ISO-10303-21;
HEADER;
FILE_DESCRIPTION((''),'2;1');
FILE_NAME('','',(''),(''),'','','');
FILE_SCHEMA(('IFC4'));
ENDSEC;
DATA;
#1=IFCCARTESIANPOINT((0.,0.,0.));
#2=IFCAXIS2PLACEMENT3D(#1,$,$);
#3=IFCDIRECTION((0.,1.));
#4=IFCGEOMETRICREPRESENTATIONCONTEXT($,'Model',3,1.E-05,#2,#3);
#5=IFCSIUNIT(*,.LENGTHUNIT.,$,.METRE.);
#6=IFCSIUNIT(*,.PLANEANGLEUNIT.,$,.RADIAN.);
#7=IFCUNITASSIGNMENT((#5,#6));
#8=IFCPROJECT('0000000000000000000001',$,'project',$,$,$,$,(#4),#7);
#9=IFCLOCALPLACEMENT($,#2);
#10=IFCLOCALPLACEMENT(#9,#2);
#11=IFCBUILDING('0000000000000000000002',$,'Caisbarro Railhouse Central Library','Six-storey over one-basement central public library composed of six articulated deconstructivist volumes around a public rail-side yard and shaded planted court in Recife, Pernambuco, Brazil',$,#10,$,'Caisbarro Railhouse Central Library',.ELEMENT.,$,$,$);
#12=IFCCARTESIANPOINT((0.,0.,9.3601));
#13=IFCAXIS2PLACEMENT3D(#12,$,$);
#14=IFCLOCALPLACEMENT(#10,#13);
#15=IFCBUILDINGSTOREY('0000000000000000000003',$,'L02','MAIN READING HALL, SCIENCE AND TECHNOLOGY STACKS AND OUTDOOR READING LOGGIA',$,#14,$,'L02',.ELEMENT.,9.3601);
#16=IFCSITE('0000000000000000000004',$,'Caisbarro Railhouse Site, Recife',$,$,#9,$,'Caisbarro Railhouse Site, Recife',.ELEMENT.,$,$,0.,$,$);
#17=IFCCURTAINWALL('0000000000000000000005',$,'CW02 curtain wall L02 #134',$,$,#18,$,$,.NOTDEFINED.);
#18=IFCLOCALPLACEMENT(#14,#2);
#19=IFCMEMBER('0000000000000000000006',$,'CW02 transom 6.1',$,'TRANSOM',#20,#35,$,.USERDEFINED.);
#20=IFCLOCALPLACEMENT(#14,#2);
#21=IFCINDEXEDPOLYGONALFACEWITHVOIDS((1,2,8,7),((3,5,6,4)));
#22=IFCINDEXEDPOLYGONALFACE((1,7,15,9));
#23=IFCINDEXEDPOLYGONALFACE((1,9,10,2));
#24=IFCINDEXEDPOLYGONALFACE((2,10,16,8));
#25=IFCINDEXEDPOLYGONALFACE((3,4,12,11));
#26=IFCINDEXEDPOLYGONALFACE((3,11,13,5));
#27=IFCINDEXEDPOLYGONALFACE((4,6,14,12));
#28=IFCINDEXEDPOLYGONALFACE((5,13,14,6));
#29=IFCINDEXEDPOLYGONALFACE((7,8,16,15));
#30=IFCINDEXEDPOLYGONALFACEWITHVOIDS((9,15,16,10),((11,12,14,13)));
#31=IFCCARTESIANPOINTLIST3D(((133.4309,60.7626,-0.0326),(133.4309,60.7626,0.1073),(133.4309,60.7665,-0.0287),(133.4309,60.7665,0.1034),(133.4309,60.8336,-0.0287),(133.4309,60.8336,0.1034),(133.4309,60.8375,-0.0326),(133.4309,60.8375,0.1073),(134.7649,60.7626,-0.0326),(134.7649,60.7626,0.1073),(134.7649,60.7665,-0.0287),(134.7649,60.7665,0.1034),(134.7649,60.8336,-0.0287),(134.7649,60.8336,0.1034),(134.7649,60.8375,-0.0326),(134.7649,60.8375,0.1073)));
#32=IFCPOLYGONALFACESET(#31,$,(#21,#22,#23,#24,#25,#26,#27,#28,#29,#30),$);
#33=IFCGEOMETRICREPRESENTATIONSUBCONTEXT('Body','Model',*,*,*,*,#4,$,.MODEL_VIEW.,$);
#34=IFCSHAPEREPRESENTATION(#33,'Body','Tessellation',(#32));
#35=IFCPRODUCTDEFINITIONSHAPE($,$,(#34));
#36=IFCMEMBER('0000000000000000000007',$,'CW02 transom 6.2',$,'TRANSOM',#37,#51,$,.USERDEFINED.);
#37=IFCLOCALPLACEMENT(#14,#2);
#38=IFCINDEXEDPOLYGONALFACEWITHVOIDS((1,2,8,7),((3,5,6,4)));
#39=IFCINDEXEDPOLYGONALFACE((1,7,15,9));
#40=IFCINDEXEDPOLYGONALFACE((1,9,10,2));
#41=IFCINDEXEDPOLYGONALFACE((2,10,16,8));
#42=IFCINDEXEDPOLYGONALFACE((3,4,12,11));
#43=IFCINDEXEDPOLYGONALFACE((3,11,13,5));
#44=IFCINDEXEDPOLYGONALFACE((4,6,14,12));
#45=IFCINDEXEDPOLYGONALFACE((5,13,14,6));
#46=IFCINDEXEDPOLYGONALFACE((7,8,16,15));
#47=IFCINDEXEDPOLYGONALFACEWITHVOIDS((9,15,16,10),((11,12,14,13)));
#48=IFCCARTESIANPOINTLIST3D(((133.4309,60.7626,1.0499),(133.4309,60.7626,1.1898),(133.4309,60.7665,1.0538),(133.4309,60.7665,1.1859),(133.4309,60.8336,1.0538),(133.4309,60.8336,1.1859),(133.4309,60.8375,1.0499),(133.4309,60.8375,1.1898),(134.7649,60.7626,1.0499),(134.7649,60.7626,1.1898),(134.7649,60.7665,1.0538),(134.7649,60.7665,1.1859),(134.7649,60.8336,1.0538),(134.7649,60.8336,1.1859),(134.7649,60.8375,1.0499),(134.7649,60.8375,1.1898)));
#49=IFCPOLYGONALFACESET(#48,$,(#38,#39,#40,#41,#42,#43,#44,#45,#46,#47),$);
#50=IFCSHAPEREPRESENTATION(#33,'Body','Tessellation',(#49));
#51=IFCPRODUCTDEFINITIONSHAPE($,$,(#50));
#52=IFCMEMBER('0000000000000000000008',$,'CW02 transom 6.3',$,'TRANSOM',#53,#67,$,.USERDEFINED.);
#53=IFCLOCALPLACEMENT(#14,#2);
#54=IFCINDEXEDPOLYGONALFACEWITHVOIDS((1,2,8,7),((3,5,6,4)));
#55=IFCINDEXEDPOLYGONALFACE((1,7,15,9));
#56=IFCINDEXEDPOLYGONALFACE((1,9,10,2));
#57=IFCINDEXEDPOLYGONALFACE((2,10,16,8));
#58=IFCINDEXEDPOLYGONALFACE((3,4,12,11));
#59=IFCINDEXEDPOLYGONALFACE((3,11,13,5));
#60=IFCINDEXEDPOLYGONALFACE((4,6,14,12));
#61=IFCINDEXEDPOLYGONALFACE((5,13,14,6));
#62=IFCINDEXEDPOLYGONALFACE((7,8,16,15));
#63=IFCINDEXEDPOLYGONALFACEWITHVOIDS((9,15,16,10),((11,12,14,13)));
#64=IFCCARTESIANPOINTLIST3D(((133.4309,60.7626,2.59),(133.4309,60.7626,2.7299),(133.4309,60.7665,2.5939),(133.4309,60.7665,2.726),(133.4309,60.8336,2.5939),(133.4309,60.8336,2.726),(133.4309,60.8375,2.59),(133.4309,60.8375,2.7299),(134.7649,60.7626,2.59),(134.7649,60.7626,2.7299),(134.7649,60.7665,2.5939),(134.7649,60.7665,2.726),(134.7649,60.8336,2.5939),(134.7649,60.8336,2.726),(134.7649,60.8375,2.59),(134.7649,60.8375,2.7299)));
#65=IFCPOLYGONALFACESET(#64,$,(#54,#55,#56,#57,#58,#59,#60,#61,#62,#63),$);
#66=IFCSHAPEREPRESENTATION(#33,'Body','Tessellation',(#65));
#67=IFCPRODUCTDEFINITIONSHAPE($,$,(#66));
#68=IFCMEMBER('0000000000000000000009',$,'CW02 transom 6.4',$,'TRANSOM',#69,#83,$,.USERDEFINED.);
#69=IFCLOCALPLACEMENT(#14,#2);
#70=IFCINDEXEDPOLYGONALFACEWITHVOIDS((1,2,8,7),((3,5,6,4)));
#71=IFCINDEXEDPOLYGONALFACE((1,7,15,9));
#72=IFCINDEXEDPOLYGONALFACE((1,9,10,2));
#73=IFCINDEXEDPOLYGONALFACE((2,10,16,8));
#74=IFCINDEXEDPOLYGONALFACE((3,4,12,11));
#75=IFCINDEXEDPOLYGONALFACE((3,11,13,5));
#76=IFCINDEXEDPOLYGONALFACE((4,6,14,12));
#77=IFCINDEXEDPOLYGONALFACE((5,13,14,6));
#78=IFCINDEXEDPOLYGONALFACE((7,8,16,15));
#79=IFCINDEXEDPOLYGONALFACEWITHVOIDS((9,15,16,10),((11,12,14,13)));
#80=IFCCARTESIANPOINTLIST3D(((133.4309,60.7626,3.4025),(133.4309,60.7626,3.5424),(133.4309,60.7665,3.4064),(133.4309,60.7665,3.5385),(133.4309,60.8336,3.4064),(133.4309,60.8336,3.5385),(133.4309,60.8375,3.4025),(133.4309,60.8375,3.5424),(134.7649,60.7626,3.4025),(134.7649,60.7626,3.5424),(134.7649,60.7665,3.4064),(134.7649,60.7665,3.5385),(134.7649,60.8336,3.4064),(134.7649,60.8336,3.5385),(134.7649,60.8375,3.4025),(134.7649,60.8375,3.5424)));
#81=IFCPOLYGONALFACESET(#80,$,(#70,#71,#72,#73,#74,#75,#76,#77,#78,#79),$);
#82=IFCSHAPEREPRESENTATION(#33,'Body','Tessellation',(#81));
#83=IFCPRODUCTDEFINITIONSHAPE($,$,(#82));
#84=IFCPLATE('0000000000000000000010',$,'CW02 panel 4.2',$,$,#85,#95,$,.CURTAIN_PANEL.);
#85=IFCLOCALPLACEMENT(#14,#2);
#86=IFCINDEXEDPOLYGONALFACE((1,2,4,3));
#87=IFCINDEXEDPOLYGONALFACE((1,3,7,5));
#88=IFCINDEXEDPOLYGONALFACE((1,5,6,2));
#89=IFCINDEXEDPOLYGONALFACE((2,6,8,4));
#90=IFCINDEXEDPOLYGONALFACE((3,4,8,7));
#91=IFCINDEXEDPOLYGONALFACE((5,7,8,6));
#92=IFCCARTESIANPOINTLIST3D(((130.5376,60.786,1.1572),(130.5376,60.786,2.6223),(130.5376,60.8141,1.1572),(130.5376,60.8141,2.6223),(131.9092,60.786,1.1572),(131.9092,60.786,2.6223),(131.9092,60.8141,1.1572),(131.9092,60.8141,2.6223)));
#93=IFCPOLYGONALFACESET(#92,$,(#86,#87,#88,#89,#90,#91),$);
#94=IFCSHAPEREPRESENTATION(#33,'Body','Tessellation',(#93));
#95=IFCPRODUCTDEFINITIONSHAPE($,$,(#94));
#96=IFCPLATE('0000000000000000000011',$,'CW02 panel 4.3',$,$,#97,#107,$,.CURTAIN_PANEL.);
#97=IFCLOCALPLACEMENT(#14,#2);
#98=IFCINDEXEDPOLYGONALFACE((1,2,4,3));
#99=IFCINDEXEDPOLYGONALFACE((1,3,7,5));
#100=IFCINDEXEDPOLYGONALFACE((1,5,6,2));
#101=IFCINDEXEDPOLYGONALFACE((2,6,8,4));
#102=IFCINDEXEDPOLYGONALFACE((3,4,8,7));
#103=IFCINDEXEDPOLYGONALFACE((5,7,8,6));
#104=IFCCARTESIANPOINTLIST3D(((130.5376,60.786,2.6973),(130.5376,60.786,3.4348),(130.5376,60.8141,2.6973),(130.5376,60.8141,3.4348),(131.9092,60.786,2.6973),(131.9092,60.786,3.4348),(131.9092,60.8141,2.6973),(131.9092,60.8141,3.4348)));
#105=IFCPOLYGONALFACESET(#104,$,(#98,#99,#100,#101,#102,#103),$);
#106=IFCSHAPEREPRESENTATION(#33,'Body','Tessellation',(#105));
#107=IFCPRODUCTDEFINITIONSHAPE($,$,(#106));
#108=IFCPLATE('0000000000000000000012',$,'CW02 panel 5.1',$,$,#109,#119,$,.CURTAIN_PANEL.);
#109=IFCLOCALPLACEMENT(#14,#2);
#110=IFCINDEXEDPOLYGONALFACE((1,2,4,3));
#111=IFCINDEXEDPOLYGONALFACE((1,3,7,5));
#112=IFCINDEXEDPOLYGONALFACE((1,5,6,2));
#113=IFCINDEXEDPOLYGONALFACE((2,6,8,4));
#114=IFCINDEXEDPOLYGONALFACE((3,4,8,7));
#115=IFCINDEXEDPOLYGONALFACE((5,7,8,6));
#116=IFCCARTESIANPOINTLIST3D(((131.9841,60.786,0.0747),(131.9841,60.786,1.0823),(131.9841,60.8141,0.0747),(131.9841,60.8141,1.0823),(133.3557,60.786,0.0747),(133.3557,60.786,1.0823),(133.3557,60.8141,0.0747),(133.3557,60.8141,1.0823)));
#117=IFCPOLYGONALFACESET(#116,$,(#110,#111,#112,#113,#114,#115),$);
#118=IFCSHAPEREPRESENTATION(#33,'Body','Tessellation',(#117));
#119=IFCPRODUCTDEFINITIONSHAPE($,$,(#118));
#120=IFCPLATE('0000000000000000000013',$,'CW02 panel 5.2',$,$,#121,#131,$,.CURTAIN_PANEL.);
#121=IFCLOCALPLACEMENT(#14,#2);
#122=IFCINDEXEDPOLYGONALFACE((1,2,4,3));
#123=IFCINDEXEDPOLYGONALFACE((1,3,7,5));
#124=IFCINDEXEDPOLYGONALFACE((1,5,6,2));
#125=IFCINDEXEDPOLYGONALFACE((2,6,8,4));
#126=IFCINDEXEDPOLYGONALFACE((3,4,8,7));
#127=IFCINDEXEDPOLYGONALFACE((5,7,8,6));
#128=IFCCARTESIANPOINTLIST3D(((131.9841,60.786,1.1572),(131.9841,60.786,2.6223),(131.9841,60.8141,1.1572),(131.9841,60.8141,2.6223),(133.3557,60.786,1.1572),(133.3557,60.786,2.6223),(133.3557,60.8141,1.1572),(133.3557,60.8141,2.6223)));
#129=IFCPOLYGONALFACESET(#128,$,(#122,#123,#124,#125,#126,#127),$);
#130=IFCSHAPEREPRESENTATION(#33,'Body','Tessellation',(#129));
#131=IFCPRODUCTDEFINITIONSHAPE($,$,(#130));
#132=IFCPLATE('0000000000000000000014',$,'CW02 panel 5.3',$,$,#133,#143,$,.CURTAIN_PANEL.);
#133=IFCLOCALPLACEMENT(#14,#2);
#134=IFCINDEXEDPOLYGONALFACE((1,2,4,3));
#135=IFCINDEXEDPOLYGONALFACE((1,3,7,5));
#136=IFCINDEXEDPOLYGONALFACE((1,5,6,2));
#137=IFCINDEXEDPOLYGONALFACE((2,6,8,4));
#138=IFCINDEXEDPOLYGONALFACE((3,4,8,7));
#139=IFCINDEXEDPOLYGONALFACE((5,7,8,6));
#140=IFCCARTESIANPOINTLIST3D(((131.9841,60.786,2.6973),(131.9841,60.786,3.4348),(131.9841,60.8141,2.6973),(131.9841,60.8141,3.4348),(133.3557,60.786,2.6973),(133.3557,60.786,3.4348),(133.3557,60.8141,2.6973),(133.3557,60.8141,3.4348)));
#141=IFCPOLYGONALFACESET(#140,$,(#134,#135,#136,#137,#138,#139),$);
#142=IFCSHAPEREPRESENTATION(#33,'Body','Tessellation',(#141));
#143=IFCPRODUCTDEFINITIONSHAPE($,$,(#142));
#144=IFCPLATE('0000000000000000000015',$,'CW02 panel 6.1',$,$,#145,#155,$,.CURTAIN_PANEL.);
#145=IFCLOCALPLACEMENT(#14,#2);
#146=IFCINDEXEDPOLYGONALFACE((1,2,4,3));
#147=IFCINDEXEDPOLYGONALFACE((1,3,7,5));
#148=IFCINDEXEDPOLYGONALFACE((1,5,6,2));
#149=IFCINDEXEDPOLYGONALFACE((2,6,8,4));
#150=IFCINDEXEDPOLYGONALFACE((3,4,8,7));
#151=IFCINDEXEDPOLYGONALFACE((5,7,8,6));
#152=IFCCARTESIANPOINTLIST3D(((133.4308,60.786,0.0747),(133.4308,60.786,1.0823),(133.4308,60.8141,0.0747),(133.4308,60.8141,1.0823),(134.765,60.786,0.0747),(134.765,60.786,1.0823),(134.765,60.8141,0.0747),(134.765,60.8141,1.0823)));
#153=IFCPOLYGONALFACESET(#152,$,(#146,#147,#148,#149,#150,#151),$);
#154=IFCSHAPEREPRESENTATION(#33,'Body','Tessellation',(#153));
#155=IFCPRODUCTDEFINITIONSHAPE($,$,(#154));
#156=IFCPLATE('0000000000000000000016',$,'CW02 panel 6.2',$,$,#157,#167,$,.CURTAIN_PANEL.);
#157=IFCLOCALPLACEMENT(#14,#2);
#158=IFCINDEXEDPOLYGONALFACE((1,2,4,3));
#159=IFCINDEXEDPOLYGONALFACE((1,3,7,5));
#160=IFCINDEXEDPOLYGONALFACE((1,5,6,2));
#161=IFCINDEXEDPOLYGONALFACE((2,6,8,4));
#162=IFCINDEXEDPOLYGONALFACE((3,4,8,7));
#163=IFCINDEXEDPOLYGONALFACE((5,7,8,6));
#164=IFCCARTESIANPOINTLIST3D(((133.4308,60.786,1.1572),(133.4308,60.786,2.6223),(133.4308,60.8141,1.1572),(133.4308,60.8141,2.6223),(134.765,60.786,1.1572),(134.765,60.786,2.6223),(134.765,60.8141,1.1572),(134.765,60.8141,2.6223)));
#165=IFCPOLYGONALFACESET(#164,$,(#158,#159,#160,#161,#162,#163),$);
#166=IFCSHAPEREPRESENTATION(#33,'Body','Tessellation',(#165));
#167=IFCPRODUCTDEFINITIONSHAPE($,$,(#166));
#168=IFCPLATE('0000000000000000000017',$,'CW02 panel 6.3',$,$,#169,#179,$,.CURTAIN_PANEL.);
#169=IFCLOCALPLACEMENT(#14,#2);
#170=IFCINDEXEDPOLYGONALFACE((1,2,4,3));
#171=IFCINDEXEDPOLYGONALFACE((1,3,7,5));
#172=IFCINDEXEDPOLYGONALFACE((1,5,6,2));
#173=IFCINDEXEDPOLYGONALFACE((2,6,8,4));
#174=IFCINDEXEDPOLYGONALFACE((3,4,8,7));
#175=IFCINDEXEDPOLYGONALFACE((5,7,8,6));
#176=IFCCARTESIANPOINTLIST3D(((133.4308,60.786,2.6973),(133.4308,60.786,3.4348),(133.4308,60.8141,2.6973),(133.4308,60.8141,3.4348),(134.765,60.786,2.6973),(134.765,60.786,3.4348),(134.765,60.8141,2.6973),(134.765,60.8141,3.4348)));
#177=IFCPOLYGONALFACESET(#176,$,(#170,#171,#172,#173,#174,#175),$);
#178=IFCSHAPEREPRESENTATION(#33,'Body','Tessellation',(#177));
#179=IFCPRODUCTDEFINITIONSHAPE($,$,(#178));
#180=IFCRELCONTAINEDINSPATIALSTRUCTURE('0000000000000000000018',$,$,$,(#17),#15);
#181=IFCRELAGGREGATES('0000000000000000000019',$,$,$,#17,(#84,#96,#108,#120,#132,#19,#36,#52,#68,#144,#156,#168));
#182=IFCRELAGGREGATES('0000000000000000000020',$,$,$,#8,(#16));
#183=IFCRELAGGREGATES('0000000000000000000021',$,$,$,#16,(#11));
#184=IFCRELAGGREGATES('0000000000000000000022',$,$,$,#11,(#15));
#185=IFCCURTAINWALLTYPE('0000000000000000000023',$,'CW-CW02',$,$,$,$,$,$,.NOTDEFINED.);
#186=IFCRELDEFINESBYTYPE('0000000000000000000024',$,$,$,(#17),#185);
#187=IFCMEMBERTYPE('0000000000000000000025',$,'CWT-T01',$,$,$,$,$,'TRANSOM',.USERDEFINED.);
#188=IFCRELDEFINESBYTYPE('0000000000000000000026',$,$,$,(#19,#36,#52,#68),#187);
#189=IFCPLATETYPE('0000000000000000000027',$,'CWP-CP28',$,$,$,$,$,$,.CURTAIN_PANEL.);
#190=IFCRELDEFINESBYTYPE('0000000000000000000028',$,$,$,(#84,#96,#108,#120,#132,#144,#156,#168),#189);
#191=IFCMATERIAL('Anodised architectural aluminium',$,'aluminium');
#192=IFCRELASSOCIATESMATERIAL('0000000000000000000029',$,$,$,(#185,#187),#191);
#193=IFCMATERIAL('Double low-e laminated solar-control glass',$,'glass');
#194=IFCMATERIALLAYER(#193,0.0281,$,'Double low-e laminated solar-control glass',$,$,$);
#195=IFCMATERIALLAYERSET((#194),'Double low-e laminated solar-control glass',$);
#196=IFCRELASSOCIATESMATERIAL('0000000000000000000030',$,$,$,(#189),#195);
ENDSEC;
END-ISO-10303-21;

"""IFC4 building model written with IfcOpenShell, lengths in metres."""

from ifc_helpers import new_model, si_unit, direction, frame, origin, origin_2d, place, context, subcontext, project, spatial, rectangle, hollow_rectangle, extrude, material, layer, layer_set, material_profile, profile_set, type_object, element, aggregate, save


model = new_model("IFC4")

# Units and contexts
model_context = context("Model", 3, precision=1e-05, world=origin(), true_north=direction((0.0, 1.0)))
body_context = subcontext(model_context, "Body", "Model", "MODEL_VIEW")
ifc_project = project(units=[si_unit("LENGTHUNIT", "METRE"), si_unit("PLANEANGLEUNIT", "RADIAN")], contexts=[model_context])

# Site, building, storey
site_placement = place(None, origin())
site = spatial("IfcSite", under=ifc_project, at=site_placement, Name="Caisbarro Railhouse Site, Recife", LongName="Caisbarro Railhouse Site, Recife", CompositionType="ELEMENT", RefElevation=0.0)
building_placement = place(site_placement, origin())
building = spatial("IfcBuilding", under=site, at=building_placement, Name="Caisbarro Railhouse Central Library", Description="Six-storey over one-basement central public library composed of six articulated deconstructivist volumes around a public rail-side yard and shaded planted court in Recife, Pernambuco, Brazil", LongName="Caisbarro Railhouse Central Library", CompositionType="ELEMENT")
storey_placement = place(building_placement, frame((0.0, 0.0, 9.3601)))
storey = spatial("IfcBuildingStorey", under=building, at=storey_placement, Name="L02", Description="MAIN READING HALL, SCIENCE AND TECHNOLOGY STACKS AND OUTDOOR READING LOGGIA", LongName="L02", CompositionType="ELEMENT", Elevation=9.3601)

# Curtain wall, members, plates
ifc_material_1 = material(Name="Anodised architectural aluminium", Category="aluminium")
curtain_wall_type = type_object("IfcCurtainWallType", Name="CW-CW02", PredefinedType="NOTDEFINED", material=ifc_material_1)
curtain_wall_placement = place(storey_placement, origin())
curtain_wall = element("IfcCurtainWall", 1, at=curtain_wall_placement, inside=storey, type_object=curtain_wall_type, Name="CW02 curtain wall L02 #134", PredefinedType="NOTDEFINED")
ifc_material_profile_1 = material_profile(ifc_material_1, hollow_rectangle(XDim=0.075, YDim=0.1399, WallThickness=0.0039, at=origin_2d()), Name="ALU-TRN-75X140")
ifc_profile_set_1 = profile_set([ifc_material_profile_1], Name="Anodised architectural aluminium")
member_type_1 = type_object("IfcMemberType", Name="CWT-T01", ElementType="TRANSOM", PredefinedType="USERDEFINED", material=ifc_profile_set_1)
member_1_placement = place(storey_placement, frame((133.4309, 60.8, 0.0374), z_axis=(1.0, 0.0, 0.0), x_axis=(0.0, 1.0, 0.0)))
member_1 = element("IfcMember", 2, at=member_1_placement, type_object=member_type_1, Name="CW02 transom 6.1", ObjectType="TRANSOM", PredefinedType="USERDEFINED", context=body_context, shape_type="SweptSolid", body=[
    extrude(hollow_rectangle(XDim=0.075, YDim=0.1399, WallThickness=0.0039, at=origin_2d()), origin(), (0.0, 0.0, 1.0), 1.334),
])
member_2_placement = place(storey_placement, frame((133.4309, 60.8, 1.1199), z_axis=(1.0, 0.0, 0.0), x_axis=(0.0, 1.0, 0.0)))
member_2 = element("IfcMember", 3, at=member_2_placement, type_object=member_type_1, Name="CW02 transom 6.2", ObjectType="TRANSOM", PredefinedType="USERDEFINED", context=body_context, shape_type="SweptSolid", body=[
    extrude(hollow_rectangle(XDim=0.075, YDim=0.1399, WallThickness=0.0039, at=origin_2d()), origin(), (0.0, 0.0, 1.0), 1.334),
])
member_3_placement = place(storey_placement, frame((133.4309, 60.8, 2.6599), z_axis=(1.0, 0.0, 0.0), x_axis=(0.0, 1.0, 0.0)))
member_3 = element("IfcMember", 4, at=member_3_placement, type_object=member_type_1, Name="CW02 transom 6.3", ObjectType="TRANSOM", PredefinedType="USERDEFINED", context=body_context, shape_type="SweptSolid", body=[
    extrude(hollow_rectangle(XDim=0.075, YDim=0.1399, WallThickness=0.0039, at=origin_2d()), origin(), (0.0, 0.0, 1.0), 1.334),
])
member_4_placement = place(storey_placement, frame((133.4309, 60.8, 3.4724), z_axis=(1.0, 0.0, 0.0), x_axis=(0.0, 1.0, 0.0)))
member_4 = element("IfcMember", 5, at=member_4_placement, type_object=member_type_1, Name="CW02 transom 6.4", ObjectType="TRANSOM", PredefinedType="USERDEFINED", context=body_context, shape_type="SweptSolid", body=[
    extrude(hollow_rectangle(XDim=0.075, YDim=0.1399, WallThickness=0.0039, at=origin_2d()), origin(), (0.0, 0.0, 1.0), 1.334),
])
ifc_material_2 = material(Name="Double low-e laminated solar-control glass", Category="glass")
ifc_layer_1 = layer(ifc_material_2, 0.0281, Name="Double low-e laminated solar-control glass")
ifc_layer_set_1 = layer_set([ifc_layer_1], Name="Double low-e laminated solar-control glass")
plate_type = type_object("IfcPlateType", Name="CWP-CP28", PredefinedType="CURTAIN_PANEL", material=ifc_layer_set_1)
plate_1_placement = place(storey_placement, frame((131.2234, 60.8, 1.1572), z_axis=(0.0, 0.0, 1.0), x_axis=(1.0, 0.0, 0.0)))
plate_1 = element("IfcPlate", 6, at=plate_1_placement, type_object=plate_type, Name="CW02 panel 4.2", PredefinedType="CURTAIN_PANEL", context=body_context, shape_type="SweptSolid", body=[
    extrude(rectangle(XDim=1.3716, YDim=0.0281, at=origin_2d()), origin(), (0.0, 0.0, 1.0), 1.4651),
])
plate_2_placement = place(storey_placement, frame((131.2234, 60.8, 2.6973), z_axis=(0.0, 0.0, 1.0), x_axis=(1.0, 0.0, 0.0)))
plate_2 = element("IfcPlate", 7, at=plate_2_placement, type_object=plate_type, Name="CW02 panel 4.3", PredefinedType="CURTAIN_PANEL", context=body_context, shape_type="SweptSolid", body=[
    extrude(rectangle(XDim=1.3716, YDim=0.0281, at=origin_2d()), origin(), (0.0, 0.0, 1.0), 0.7375),
])
plate_3_placement = place(storey_placement, frame((132.6699, 60.8, 0.0747), z_axis=(0.0, 0.0, 1.0), x_axis=(1.0, 0.0, 0.0)))
plate_3 = element("IfcPlate", 8, at=plate_3_placement, type_object=plate_type, Name="CW02 panel 5.1", PredefinedType="CURTAIN_PANEL", context=body_context, shape_type="SweptSolid", body=[
    extrude(rectangle(XDim=1.3716, YDim=0.0281, at=origin_2d()), origin(), (0.0, 0.0, 1.0), 1.0076),
])
plate_4_placement = place(storey_placement, frame((132.6699, 60.8, 1.1572), z_axis=(0.0, 0.0, 1.0), x_axis=(1.0, 0.0, 0.0)))
plate_4 = element("IfcPlate", 9, at=plate_4_placement, type_object=plate_type, Name="CW02 panel 5.2", PredefinedType="CURTAIN_PANEL", context=body_context, shape_type="SweptSolid", body=[
    extrude(rectangle(XDim=1.3716, YDim=0.0281, at=origin_2d()), origin(), (0.0, 0.0, 1.0), 1.4651),
])
plate_5_placement = place(storey_placement, frame((132.6699, 60.8, 2.6973), z_axis=(0.0, 0.0, 1.0), x_axis=(1.0, 0.0, 0.0)))
plate_5 = element("IfcPlate", 10, at=plate_5_placement, type_object=plate_type, Name="CW02 panel 5.3", PredefinedType="CURTAIN_PANEL", context=body_context, shape_type="SweptSolid", body=[
    extrude(rectangle(XDim=1.3716, YDim=0.0281, at=origin_2d()), origin(), (0.0, 0.0, 1.0), 0.7375),
])
plate_6_placement = place(storey_placement, frame((134.0979, 60.8, 0.0747), z_axis=(0.0, 0.0, 1.0), x_axis=(1.0, 0.0, 0.0)))
plate_6 = element("IfcPlate", 11, at=plate_6_placement, type_object=plate_type, Name="CW02 panel 6.1", PredefinedType="CURTAIN_PANEL", context=body_context, shape_type="SweptSolid", body=[
    extrude(rectangle(XDim=1.3342, YDim=0.0281, at=origin_2d()), origin(), (0.0, 0.0, 1.0), 1.0076),
])
plate_7_placement = place(storey_placement, frame((134.0979, 60.8, 1.1572), z_axis=(0.0, 0.0, 1.0), x_axis=(1.0, 0.0, 0.0)))
plate_7 = element("IfcPlate", 12, at=plate_7_placement, type_object=plate_type, Name="CW02 panel 6.2", PredefinedType="CURTAIN_PANEL", context=body_context, shape_type="SweptSolid", body=[
    extrude(rectangle(XDim=1.3342, YDim=0.0281, at=origin_2d()), origin(), (0.0, 0.0, 1.0), 1.4651),
])
plate_8_placement = place(storey_placement, frame((134.0979, 60.8, 2.6973), z_axis=(0.0, 0.0, 1.0), x_axis=(1.0, 0.0, 0.0)))
plate_8 = element("IfcPlate", 13, at=plate_8_placement, type_object=plate_type, Name="CW02 panel 6.3", PredefinedType="CURTAIN_PANEL", context=body_context, shape_type="SweptSolid", body=[
    extrude(rectangle(XDim=1.3342, YDim=0.0281, at=origin_2d()), origin(), (0.0, 0.0, 1.0), 0.7375),
])
aggregate(curtain_wall, [plate_1, plate_2, plate_3, plate_4, plate_5, member_1, member_2, member_3, member_4, plate_6, plate_7, plate_8])

save(model, "model.ifc")
